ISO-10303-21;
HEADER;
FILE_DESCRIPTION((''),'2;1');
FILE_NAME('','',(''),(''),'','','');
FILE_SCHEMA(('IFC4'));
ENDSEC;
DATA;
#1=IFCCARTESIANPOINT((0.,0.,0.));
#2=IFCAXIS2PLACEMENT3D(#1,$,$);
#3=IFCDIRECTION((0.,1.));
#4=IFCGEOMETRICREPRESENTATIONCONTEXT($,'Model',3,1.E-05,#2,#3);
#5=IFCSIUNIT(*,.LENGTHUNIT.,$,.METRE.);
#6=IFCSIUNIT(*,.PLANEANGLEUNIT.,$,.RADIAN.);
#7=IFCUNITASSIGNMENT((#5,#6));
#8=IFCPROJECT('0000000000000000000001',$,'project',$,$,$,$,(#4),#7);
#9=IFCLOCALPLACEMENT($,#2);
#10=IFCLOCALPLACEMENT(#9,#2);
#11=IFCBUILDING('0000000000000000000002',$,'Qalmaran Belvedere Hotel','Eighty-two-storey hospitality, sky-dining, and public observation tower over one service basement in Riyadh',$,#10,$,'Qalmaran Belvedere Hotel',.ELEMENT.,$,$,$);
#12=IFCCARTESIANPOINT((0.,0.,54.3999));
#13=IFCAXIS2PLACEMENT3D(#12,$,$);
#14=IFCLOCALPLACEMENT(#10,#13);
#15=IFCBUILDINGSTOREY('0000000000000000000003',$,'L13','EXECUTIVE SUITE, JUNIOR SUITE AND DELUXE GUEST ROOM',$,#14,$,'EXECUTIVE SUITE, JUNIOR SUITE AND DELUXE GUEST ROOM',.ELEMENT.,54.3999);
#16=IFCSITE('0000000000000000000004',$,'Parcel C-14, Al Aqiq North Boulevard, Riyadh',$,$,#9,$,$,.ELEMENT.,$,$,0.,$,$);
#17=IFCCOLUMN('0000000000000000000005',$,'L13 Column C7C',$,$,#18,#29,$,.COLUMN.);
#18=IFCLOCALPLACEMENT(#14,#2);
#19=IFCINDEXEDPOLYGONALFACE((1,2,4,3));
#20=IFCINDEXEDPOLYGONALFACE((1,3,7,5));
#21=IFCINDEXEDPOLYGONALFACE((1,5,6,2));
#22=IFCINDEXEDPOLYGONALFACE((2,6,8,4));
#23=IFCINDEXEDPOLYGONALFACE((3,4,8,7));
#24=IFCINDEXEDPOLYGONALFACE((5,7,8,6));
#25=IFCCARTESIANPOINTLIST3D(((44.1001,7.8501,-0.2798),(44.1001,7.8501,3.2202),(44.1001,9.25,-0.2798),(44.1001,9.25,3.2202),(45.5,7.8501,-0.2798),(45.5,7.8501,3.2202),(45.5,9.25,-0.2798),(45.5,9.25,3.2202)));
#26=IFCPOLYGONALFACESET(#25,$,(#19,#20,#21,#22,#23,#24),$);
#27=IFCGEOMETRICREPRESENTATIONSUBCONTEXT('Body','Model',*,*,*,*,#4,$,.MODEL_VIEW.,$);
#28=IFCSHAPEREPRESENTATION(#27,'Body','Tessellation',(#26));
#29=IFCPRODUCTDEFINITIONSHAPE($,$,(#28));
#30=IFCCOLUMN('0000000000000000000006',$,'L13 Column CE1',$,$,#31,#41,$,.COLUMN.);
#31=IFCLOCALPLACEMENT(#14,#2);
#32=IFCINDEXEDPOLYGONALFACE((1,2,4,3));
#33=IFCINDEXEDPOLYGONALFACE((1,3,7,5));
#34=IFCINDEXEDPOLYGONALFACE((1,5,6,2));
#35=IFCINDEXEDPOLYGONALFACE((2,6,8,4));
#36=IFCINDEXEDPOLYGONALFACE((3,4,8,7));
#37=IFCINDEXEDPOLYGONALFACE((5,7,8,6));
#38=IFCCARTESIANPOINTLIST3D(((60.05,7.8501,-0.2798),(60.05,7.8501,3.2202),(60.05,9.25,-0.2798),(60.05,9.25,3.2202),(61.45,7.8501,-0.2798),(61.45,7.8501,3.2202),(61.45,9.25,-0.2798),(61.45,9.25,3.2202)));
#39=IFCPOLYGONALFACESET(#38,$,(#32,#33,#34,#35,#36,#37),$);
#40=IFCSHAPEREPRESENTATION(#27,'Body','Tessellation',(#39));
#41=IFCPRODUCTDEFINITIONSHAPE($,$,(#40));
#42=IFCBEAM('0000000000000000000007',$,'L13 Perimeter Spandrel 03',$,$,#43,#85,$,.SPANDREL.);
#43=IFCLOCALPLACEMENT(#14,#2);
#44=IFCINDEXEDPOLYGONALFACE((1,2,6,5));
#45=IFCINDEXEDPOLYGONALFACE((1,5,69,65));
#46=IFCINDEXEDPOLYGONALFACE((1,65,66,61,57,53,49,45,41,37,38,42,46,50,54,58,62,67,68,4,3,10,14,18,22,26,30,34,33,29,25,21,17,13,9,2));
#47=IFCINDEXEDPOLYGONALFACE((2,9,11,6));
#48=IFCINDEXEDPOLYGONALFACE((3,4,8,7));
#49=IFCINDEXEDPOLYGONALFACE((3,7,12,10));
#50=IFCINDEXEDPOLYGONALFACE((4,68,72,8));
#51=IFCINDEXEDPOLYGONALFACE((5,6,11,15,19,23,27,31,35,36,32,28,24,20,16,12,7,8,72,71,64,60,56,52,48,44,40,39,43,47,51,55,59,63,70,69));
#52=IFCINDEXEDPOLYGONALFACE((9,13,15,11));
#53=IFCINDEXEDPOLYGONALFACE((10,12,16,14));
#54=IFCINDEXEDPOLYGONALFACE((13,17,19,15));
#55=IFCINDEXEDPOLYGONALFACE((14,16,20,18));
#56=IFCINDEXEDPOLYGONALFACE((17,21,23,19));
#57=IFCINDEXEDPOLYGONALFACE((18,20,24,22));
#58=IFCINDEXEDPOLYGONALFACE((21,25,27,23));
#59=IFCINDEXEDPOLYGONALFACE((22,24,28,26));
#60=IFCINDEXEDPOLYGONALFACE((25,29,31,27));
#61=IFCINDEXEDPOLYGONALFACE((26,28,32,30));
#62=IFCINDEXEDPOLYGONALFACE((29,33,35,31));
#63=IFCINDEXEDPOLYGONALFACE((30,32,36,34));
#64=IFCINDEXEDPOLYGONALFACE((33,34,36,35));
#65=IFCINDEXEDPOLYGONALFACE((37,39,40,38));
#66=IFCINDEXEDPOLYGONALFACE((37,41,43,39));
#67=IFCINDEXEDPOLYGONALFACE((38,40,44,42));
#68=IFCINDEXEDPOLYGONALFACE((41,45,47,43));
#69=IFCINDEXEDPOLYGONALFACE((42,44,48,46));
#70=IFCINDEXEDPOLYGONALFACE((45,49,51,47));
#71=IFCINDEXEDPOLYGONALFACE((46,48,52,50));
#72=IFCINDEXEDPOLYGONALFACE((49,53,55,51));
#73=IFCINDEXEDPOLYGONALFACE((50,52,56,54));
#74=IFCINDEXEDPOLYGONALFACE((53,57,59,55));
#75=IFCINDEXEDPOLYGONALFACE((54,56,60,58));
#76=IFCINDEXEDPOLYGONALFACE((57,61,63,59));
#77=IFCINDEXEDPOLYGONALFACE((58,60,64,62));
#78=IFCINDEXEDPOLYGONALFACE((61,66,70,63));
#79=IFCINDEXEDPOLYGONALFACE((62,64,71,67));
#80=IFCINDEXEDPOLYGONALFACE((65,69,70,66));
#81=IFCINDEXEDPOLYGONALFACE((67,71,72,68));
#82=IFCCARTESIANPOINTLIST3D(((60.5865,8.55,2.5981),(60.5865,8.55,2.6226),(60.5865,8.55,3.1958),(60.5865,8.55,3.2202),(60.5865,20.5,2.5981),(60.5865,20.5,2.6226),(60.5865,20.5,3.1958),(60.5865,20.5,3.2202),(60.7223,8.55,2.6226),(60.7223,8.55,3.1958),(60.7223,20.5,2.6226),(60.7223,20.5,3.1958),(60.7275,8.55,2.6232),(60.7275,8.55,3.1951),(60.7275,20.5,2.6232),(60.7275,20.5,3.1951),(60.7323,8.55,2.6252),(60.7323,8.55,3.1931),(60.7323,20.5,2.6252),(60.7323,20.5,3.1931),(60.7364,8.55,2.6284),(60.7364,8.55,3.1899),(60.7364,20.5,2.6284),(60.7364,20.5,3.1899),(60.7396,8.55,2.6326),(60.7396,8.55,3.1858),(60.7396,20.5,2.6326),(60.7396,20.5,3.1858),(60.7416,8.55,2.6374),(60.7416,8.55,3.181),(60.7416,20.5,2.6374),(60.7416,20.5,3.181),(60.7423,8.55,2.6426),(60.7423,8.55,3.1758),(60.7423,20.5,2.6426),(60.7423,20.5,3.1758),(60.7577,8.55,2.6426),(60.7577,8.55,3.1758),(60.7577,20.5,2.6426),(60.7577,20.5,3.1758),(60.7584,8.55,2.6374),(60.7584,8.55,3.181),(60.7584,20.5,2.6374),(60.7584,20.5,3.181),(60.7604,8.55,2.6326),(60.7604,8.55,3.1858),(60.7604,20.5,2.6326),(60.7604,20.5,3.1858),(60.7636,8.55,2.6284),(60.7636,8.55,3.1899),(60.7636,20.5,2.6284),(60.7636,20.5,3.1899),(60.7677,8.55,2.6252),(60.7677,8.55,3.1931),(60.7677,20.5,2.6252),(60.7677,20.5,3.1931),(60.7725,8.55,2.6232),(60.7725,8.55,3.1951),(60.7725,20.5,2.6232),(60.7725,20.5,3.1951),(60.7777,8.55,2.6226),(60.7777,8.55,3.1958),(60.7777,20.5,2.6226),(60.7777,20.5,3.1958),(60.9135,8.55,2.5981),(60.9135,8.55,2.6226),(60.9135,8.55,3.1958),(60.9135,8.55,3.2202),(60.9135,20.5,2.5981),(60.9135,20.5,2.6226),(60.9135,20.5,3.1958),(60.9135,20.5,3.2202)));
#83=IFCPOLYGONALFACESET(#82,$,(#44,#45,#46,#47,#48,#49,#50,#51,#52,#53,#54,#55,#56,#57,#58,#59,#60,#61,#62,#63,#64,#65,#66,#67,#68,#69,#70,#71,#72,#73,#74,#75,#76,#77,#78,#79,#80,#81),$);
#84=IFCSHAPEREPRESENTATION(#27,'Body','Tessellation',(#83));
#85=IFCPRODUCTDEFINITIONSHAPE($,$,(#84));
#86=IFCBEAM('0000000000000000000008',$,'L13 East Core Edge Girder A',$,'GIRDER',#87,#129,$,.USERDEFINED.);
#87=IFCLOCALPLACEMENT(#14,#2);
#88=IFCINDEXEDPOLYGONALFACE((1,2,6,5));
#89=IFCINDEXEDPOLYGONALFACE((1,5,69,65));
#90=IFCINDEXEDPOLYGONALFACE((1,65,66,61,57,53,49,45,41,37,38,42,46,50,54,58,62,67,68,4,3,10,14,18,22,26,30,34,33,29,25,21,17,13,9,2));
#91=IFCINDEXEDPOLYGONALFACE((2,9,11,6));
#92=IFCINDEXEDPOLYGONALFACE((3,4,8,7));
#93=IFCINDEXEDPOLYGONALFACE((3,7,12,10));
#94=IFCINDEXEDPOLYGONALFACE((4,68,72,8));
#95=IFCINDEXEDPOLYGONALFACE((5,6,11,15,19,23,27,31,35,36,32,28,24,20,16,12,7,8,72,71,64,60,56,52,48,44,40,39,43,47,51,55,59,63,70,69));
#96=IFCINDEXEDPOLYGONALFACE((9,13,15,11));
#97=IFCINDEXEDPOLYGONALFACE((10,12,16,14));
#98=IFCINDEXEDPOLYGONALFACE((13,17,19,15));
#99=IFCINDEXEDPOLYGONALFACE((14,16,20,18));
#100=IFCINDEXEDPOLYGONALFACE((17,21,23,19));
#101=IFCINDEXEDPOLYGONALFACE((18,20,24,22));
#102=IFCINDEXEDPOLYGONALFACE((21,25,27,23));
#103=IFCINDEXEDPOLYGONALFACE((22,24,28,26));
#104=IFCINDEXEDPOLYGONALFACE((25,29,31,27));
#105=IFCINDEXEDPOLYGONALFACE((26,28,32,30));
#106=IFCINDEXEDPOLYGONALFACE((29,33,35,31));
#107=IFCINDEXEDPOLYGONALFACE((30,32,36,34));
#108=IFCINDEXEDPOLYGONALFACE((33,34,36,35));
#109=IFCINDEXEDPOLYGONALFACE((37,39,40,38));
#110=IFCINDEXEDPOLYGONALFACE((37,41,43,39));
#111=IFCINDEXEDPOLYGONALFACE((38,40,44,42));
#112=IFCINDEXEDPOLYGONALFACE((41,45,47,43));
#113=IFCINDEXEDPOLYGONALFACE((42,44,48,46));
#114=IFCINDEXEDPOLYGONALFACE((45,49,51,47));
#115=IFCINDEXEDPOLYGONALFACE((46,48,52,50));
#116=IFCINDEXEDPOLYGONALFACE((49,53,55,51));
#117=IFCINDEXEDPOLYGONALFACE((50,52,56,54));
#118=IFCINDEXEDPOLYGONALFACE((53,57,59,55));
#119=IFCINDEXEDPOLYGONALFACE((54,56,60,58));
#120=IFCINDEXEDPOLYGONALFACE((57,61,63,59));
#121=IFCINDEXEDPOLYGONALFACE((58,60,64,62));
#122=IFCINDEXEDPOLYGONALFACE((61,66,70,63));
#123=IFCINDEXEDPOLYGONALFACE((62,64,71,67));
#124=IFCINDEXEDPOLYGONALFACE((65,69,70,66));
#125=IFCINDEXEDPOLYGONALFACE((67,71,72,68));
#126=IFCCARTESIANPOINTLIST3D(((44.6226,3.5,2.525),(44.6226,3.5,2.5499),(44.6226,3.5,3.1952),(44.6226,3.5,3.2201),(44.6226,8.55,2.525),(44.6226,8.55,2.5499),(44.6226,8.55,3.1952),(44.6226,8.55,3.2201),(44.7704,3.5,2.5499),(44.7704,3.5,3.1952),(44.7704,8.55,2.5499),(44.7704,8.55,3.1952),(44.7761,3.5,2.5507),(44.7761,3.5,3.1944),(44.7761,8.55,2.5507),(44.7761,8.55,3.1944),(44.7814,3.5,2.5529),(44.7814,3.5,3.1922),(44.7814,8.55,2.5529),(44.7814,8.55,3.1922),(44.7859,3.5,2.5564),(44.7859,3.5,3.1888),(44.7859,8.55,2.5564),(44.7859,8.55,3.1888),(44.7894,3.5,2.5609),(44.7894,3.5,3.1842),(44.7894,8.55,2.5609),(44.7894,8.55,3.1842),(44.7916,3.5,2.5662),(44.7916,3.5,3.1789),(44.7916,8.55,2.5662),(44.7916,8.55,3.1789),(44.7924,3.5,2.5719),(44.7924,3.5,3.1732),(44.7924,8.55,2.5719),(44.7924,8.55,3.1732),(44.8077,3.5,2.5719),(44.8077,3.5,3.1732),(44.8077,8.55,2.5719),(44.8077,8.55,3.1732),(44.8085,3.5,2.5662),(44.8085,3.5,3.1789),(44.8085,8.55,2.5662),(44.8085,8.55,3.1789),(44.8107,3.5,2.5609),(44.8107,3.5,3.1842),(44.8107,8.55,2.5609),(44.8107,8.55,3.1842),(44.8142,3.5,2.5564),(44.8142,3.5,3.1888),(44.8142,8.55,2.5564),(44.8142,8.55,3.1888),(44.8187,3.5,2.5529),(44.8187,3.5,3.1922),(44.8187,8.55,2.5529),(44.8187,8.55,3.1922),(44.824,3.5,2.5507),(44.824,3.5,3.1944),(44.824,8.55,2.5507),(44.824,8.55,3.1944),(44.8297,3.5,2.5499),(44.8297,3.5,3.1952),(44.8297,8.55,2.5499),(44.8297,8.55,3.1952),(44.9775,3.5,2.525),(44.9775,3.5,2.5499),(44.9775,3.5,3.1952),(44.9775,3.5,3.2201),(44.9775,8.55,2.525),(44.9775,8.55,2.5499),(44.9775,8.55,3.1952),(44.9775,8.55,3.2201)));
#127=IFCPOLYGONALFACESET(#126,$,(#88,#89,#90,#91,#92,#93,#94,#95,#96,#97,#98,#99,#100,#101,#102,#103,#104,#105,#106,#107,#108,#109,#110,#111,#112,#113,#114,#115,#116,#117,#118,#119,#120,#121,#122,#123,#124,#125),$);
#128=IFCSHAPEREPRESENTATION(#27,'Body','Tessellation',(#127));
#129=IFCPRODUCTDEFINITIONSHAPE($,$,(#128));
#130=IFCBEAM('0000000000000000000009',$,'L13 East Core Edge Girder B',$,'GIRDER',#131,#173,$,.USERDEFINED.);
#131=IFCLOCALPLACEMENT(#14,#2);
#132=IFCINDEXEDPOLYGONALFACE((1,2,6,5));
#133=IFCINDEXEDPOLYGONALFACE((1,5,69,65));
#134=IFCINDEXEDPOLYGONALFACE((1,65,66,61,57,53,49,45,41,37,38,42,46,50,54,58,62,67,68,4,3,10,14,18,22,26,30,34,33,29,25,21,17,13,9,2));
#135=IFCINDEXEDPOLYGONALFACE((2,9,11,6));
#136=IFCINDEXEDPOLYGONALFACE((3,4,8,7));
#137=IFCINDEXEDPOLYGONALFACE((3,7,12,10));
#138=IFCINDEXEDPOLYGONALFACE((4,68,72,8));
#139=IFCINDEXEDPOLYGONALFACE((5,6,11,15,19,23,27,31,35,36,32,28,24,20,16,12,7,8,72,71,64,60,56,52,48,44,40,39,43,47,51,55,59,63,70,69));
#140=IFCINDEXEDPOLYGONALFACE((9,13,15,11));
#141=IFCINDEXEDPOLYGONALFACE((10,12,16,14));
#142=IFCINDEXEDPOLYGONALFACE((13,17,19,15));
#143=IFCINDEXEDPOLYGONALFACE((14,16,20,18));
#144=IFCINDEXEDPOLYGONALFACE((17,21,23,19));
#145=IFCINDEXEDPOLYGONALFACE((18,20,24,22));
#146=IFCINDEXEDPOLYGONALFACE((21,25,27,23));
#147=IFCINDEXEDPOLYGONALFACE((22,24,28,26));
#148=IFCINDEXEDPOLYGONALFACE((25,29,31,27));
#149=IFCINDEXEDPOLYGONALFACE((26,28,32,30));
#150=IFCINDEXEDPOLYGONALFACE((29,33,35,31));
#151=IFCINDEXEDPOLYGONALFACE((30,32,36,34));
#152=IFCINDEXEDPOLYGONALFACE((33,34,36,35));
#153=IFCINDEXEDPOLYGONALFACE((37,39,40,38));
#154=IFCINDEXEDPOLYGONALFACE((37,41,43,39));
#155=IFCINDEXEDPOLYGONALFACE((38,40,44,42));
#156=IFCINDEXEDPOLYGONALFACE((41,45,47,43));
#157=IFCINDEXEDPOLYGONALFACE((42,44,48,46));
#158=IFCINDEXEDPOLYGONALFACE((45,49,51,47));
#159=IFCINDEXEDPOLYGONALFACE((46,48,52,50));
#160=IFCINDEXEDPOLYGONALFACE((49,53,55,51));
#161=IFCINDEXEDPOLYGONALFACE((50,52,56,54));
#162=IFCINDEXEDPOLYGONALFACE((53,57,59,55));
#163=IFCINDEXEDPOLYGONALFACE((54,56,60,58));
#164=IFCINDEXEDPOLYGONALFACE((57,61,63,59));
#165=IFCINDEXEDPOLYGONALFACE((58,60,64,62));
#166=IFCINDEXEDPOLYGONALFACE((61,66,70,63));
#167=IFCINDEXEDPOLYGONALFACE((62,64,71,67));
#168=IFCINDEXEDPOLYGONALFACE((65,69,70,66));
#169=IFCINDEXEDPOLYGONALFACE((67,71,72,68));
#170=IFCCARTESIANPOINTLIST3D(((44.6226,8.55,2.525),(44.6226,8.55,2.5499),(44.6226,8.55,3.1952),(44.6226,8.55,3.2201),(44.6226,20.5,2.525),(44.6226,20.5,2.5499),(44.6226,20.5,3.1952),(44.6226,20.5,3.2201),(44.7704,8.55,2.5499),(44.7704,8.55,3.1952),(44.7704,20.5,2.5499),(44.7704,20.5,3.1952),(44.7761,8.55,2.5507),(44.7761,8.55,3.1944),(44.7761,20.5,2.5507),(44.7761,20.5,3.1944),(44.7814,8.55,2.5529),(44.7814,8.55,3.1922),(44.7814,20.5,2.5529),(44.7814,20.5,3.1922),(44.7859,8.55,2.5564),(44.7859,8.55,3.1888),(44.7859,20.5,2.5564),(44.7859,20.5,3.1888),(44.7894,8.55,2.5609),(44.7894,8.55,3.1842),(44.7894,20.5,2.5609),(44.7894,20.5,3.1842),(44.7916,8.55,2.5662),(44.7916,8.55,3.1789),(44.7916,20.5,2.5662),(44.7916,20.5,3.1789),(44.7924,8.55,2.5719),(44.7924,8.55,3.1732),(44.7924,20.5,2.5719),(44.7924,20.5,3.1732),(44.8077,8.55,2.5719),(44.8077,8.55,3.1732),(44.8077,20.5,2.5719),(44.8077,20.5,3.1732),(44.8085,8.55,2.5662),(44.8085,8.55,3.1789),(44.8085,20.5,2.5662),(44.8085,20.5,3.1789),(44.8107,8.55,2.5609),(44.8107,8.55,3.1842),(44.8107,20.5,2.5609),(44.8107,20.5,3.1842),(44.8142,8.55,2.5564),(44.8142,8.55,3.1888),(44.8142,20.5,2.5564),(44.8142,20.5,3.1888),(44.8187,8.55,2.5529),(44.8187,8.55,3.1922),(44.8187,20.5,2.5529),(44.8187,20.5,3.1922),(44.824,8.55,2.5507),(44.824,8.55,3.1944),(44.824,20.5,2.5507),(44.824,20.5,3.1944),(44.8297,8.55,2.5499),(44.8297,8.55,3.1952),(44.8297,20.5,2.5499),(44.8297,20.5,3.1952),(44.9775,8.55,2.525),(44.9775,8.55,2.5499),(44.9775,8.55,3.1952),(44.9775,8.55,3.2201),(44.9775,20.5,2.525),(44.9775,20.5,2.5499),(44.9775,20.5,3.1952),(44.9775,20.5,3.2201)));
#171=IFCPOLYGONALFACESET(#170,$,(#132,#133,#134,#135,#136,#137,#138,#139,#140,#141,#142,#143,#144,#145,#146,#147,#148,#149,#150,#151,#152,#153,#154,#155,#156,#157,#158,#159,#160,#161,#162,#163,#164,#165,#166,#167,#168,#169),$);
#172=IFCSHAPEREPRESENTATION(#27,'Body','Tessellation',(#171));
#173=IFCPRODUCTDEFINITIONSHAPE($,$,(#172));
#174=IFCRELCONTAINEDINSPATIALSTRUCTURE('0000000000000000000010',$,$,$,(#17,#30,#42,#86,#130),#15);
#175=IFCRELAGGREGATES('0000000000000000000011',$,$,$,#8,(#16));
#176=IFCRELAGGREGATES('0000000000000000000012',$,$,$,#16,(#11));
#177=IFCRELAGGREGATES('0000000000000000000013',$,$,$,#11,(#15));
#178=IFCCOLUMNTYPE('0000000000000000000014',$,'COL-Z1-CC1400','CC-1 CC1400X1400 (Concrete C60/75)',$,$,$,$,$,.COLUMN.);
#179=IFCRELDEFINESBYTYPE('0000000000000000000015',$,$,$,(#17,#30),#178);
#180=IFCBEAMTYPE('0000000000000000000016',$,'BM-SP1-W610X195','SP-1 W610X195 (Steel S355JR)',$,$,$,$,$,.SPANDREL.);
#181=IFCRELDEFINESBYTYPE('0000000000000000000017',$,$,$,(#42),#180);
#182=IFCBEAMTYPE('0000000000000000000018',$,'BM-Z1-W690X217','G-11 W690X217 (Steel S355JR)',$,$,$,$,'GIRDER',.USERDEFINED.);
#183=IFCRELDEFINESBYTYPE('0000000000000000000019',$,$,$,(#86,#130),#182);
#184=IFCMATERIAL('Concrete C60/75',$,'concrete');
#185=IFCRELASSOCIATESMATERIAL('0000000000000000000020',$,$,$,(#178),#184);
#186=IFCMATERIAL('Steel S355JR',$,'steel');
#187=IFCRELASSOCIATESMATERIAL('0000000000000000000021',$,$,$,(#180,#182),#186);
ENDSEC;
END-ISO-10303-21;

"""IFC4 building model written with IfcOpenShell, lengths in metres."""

from ifc_helpers import new_model, si_unit, direction, frame, origin, origin_2d, place, context, subcontext, project, spatial, rectangle, i_section, extrude, material, material_profile, profile_set, type_object, element, save


model = new_model("IFC4")

# Units and contexts
model_context = context("Model", 3, precision=1e-05, world=origin(), true_north=direction((0.0, 1.0)))
body_context = subcontext(model_context, "Body", "Model", "MODEL_VIEW")
ifc_project = project(units=[si_unit("LENGTHUNIT", "METRE"), si_unit("PLANEANGLEUNIT", "RADIAN")], contexts=[model_context])

# Site, building, storey
site_placement = place(None, origin())
site = spatial("IfcSite", under=ifc_project, at=site_placement, Name="Parcel C-14, Al Aqiq North Boulevard, Riyadh", CompositionType="ELEMENT", RefElevation=0.0)
building_placement = place(site_placement, origin())
building = spatial("IfcBuilding", under=site, at=building_placement, Name="Qalmaran Belvedere Hotel", Description="Eighty-two-storey hospitality, sky-dining, and public observation tower over one service basement in Riyadh", LongName="Qalmaran Belvedere Hotel", CompositionType="ELEMENT")
storey_placement = place(building_placement, frame((0.0, 0.0, 54.3999)))
storey = spatial("IfcBuildingStorey", under=building, at=storey_placement, Name="L13", Description="EXECUTIVE SUITE, JUNIOR SUITE AND DELUXE GUEST ROOM", LongName="EXECUTIVE SUITE, JUNIOR SUITE AND DELUXE GUEST ROOM", CompositionType="ELEMENT", Elevation=54.3999)

# Columns
ifc_material_1 = material(Name="Concrete C60/75", Category="concrete")
ifc_material_profile_1 = material_profile(ifc_material_1, rectangle(XDim=1.3999, YDim=1.3999, at=origin_2d()), Name="CC1400X1400")
ifc_profile_set_1 = profile_set([ifc_material_profile_1], Name="Concrete C60/75")
column_type = type_object("IfcColumnType", Name="COL-Z1-CC1400", Description="CC-1 CC1400X1400 (Concrete C60/75)", PredefinedType="COLUMN", material=ifc_profile_set_1)
for number, where, z_axis, x_axis, name in (
    (1, (44.8, 8.55, -0.2798), (0.0, 0.0, 1.0), (1.0, 0.0, 0.0), "L13 Column C7C"),
    (2, (60.75, 8.55, -0.2798), (0.0, 0.0, 1.0), (1.0, 0.0, 0.0), "L13 Column CE1"),
):
    element("IfcColumn", number, at=place(storey_placement, frame(where, z_axis=z_axis, x_axis=x_axis)), inside=storey, type_object=column_type, Name=name, PredefinedType="COLUMN", context=body_context, shape_type="SweptSolid", body=[
        extrude(rectangle(XDim=1.3999, YDim=1.3999, at=origin_2d()), origin(), (0.0, 0.0, 1.0), 3.5),
    ])

# Beams
ifc_material_2 = material(Name="Steel S355JR", Category="steel")
ifc_material_profile_2 = material_profile(ifc_material_2, i_section(OverallWidth=0.3269, OverallDepth=0.6221, WebThickness=0.0154, FlangeThickness=0.0244, FilletRadius=0.02, at=origin_2d()), Name="W610X195")
ifc_profile_set_2 = profile_set([ifc_material_profile_2], Name="Steel S355JR")
beam_type_1 = type_object("IfcBeamType", Name="BM-SP1-W610X195", Description="SP-1 W610X195 (Steel S355JR)", PredefinedType="SPANDREL", material=ifc_profile_set_2)
beam_1_placement = place(storey_placement, frame((60.75, 8.55, 2.9092), z_axis=(0.0, 1.0, 0.0), x_axis=(-1.0, 0.0, 0.0)))
element("IfcBeam", 3, at=beam_1_placement, inside=storey, type_object=beam_type_1, Name="L13 Perimeter Spandrel 03", PredefinedType="SPANDREL", context=body_context, shape_type="SweptSolid", body=[
    extrude(i_section(OverallWidth=0.3269, OverallDepth=0.6221, WebThickness=0.0154, FlangeThickness=0.0244, FilletRadius=0.02, at=origin_2d()), origin(), (0.0, 0.0, 1.0), 11.95),
])
ifc_material_profile_3 = material_profile(ifc_material_2, i_section(OverallWidth=0.355, OverallDepth=0.6951, WebThickness=0.0154, FlangeThickness=0.0249, FilletRadius=0.022, at=origin_2d()), Name="W690X217")
ifc_profile_set_3 = profile_set([ifc_material_profile_3], Name="Steel S355JR")
beam_type_2 = type_object("IfcBeamType", Name="BM-Z1-W690X217", Description="G-11 W690X217 (Steel S355JR)", ElementType="GIRDER", PredefinedType="USERDEFINED", material=ifc_profile_set_3)
beam_2_placement = place(storey_placement, frame((44.8, 3.5, 2.8726), z_axis=(0.0, 1.0, 0.0), x_axis=(-1.0, 0.0, 0.0)))
element("IfcBeam", 4, at=beam_2_placement, inside=storey, type_object=beam_type_2, Name="L13 East Core Edge Girder A", ObjectType="GIRDER", PredefinedType="USERDEFINED", context=body_context, shape_type="SweptSolid", body=[
    extrude(i_section(OverallWidth=0.355, OverallDepth=0.6951, WebThickness=0.0154, FlangeThickness=0.0249, FilletRadius=0.022, at=origin_2d()), origin(), (0.0, 0.0, 1.0), 5.05),
])
beam_3_placement = place(storey_placement, frame((44.8, 8.55, 2.8726), z_axis=(0.0, 1.0, 0.0), x_axis=(-1.0, 0.0, 0.0)))
element("IfcBeam", 5, at=beam_3_placement, inside=storey, type_object=beam_type_2, Name="L13 East Core Edge Girder B", ObjectType="GIRDER", PredefinedType="USERDEFINED", context=body_context, shape_type="SweptSolid", body=[
    extrude(i_section(OverallWidth=0.355, OverallDepth=0.6951, WebThickness=0.0154, FlangeThickness=0.0249, FilletRadius=0.022, at=origin_2d()), origin(), (0.0, 0.0, 1.0), 11.95),
])

save(model, "model.ifc")
